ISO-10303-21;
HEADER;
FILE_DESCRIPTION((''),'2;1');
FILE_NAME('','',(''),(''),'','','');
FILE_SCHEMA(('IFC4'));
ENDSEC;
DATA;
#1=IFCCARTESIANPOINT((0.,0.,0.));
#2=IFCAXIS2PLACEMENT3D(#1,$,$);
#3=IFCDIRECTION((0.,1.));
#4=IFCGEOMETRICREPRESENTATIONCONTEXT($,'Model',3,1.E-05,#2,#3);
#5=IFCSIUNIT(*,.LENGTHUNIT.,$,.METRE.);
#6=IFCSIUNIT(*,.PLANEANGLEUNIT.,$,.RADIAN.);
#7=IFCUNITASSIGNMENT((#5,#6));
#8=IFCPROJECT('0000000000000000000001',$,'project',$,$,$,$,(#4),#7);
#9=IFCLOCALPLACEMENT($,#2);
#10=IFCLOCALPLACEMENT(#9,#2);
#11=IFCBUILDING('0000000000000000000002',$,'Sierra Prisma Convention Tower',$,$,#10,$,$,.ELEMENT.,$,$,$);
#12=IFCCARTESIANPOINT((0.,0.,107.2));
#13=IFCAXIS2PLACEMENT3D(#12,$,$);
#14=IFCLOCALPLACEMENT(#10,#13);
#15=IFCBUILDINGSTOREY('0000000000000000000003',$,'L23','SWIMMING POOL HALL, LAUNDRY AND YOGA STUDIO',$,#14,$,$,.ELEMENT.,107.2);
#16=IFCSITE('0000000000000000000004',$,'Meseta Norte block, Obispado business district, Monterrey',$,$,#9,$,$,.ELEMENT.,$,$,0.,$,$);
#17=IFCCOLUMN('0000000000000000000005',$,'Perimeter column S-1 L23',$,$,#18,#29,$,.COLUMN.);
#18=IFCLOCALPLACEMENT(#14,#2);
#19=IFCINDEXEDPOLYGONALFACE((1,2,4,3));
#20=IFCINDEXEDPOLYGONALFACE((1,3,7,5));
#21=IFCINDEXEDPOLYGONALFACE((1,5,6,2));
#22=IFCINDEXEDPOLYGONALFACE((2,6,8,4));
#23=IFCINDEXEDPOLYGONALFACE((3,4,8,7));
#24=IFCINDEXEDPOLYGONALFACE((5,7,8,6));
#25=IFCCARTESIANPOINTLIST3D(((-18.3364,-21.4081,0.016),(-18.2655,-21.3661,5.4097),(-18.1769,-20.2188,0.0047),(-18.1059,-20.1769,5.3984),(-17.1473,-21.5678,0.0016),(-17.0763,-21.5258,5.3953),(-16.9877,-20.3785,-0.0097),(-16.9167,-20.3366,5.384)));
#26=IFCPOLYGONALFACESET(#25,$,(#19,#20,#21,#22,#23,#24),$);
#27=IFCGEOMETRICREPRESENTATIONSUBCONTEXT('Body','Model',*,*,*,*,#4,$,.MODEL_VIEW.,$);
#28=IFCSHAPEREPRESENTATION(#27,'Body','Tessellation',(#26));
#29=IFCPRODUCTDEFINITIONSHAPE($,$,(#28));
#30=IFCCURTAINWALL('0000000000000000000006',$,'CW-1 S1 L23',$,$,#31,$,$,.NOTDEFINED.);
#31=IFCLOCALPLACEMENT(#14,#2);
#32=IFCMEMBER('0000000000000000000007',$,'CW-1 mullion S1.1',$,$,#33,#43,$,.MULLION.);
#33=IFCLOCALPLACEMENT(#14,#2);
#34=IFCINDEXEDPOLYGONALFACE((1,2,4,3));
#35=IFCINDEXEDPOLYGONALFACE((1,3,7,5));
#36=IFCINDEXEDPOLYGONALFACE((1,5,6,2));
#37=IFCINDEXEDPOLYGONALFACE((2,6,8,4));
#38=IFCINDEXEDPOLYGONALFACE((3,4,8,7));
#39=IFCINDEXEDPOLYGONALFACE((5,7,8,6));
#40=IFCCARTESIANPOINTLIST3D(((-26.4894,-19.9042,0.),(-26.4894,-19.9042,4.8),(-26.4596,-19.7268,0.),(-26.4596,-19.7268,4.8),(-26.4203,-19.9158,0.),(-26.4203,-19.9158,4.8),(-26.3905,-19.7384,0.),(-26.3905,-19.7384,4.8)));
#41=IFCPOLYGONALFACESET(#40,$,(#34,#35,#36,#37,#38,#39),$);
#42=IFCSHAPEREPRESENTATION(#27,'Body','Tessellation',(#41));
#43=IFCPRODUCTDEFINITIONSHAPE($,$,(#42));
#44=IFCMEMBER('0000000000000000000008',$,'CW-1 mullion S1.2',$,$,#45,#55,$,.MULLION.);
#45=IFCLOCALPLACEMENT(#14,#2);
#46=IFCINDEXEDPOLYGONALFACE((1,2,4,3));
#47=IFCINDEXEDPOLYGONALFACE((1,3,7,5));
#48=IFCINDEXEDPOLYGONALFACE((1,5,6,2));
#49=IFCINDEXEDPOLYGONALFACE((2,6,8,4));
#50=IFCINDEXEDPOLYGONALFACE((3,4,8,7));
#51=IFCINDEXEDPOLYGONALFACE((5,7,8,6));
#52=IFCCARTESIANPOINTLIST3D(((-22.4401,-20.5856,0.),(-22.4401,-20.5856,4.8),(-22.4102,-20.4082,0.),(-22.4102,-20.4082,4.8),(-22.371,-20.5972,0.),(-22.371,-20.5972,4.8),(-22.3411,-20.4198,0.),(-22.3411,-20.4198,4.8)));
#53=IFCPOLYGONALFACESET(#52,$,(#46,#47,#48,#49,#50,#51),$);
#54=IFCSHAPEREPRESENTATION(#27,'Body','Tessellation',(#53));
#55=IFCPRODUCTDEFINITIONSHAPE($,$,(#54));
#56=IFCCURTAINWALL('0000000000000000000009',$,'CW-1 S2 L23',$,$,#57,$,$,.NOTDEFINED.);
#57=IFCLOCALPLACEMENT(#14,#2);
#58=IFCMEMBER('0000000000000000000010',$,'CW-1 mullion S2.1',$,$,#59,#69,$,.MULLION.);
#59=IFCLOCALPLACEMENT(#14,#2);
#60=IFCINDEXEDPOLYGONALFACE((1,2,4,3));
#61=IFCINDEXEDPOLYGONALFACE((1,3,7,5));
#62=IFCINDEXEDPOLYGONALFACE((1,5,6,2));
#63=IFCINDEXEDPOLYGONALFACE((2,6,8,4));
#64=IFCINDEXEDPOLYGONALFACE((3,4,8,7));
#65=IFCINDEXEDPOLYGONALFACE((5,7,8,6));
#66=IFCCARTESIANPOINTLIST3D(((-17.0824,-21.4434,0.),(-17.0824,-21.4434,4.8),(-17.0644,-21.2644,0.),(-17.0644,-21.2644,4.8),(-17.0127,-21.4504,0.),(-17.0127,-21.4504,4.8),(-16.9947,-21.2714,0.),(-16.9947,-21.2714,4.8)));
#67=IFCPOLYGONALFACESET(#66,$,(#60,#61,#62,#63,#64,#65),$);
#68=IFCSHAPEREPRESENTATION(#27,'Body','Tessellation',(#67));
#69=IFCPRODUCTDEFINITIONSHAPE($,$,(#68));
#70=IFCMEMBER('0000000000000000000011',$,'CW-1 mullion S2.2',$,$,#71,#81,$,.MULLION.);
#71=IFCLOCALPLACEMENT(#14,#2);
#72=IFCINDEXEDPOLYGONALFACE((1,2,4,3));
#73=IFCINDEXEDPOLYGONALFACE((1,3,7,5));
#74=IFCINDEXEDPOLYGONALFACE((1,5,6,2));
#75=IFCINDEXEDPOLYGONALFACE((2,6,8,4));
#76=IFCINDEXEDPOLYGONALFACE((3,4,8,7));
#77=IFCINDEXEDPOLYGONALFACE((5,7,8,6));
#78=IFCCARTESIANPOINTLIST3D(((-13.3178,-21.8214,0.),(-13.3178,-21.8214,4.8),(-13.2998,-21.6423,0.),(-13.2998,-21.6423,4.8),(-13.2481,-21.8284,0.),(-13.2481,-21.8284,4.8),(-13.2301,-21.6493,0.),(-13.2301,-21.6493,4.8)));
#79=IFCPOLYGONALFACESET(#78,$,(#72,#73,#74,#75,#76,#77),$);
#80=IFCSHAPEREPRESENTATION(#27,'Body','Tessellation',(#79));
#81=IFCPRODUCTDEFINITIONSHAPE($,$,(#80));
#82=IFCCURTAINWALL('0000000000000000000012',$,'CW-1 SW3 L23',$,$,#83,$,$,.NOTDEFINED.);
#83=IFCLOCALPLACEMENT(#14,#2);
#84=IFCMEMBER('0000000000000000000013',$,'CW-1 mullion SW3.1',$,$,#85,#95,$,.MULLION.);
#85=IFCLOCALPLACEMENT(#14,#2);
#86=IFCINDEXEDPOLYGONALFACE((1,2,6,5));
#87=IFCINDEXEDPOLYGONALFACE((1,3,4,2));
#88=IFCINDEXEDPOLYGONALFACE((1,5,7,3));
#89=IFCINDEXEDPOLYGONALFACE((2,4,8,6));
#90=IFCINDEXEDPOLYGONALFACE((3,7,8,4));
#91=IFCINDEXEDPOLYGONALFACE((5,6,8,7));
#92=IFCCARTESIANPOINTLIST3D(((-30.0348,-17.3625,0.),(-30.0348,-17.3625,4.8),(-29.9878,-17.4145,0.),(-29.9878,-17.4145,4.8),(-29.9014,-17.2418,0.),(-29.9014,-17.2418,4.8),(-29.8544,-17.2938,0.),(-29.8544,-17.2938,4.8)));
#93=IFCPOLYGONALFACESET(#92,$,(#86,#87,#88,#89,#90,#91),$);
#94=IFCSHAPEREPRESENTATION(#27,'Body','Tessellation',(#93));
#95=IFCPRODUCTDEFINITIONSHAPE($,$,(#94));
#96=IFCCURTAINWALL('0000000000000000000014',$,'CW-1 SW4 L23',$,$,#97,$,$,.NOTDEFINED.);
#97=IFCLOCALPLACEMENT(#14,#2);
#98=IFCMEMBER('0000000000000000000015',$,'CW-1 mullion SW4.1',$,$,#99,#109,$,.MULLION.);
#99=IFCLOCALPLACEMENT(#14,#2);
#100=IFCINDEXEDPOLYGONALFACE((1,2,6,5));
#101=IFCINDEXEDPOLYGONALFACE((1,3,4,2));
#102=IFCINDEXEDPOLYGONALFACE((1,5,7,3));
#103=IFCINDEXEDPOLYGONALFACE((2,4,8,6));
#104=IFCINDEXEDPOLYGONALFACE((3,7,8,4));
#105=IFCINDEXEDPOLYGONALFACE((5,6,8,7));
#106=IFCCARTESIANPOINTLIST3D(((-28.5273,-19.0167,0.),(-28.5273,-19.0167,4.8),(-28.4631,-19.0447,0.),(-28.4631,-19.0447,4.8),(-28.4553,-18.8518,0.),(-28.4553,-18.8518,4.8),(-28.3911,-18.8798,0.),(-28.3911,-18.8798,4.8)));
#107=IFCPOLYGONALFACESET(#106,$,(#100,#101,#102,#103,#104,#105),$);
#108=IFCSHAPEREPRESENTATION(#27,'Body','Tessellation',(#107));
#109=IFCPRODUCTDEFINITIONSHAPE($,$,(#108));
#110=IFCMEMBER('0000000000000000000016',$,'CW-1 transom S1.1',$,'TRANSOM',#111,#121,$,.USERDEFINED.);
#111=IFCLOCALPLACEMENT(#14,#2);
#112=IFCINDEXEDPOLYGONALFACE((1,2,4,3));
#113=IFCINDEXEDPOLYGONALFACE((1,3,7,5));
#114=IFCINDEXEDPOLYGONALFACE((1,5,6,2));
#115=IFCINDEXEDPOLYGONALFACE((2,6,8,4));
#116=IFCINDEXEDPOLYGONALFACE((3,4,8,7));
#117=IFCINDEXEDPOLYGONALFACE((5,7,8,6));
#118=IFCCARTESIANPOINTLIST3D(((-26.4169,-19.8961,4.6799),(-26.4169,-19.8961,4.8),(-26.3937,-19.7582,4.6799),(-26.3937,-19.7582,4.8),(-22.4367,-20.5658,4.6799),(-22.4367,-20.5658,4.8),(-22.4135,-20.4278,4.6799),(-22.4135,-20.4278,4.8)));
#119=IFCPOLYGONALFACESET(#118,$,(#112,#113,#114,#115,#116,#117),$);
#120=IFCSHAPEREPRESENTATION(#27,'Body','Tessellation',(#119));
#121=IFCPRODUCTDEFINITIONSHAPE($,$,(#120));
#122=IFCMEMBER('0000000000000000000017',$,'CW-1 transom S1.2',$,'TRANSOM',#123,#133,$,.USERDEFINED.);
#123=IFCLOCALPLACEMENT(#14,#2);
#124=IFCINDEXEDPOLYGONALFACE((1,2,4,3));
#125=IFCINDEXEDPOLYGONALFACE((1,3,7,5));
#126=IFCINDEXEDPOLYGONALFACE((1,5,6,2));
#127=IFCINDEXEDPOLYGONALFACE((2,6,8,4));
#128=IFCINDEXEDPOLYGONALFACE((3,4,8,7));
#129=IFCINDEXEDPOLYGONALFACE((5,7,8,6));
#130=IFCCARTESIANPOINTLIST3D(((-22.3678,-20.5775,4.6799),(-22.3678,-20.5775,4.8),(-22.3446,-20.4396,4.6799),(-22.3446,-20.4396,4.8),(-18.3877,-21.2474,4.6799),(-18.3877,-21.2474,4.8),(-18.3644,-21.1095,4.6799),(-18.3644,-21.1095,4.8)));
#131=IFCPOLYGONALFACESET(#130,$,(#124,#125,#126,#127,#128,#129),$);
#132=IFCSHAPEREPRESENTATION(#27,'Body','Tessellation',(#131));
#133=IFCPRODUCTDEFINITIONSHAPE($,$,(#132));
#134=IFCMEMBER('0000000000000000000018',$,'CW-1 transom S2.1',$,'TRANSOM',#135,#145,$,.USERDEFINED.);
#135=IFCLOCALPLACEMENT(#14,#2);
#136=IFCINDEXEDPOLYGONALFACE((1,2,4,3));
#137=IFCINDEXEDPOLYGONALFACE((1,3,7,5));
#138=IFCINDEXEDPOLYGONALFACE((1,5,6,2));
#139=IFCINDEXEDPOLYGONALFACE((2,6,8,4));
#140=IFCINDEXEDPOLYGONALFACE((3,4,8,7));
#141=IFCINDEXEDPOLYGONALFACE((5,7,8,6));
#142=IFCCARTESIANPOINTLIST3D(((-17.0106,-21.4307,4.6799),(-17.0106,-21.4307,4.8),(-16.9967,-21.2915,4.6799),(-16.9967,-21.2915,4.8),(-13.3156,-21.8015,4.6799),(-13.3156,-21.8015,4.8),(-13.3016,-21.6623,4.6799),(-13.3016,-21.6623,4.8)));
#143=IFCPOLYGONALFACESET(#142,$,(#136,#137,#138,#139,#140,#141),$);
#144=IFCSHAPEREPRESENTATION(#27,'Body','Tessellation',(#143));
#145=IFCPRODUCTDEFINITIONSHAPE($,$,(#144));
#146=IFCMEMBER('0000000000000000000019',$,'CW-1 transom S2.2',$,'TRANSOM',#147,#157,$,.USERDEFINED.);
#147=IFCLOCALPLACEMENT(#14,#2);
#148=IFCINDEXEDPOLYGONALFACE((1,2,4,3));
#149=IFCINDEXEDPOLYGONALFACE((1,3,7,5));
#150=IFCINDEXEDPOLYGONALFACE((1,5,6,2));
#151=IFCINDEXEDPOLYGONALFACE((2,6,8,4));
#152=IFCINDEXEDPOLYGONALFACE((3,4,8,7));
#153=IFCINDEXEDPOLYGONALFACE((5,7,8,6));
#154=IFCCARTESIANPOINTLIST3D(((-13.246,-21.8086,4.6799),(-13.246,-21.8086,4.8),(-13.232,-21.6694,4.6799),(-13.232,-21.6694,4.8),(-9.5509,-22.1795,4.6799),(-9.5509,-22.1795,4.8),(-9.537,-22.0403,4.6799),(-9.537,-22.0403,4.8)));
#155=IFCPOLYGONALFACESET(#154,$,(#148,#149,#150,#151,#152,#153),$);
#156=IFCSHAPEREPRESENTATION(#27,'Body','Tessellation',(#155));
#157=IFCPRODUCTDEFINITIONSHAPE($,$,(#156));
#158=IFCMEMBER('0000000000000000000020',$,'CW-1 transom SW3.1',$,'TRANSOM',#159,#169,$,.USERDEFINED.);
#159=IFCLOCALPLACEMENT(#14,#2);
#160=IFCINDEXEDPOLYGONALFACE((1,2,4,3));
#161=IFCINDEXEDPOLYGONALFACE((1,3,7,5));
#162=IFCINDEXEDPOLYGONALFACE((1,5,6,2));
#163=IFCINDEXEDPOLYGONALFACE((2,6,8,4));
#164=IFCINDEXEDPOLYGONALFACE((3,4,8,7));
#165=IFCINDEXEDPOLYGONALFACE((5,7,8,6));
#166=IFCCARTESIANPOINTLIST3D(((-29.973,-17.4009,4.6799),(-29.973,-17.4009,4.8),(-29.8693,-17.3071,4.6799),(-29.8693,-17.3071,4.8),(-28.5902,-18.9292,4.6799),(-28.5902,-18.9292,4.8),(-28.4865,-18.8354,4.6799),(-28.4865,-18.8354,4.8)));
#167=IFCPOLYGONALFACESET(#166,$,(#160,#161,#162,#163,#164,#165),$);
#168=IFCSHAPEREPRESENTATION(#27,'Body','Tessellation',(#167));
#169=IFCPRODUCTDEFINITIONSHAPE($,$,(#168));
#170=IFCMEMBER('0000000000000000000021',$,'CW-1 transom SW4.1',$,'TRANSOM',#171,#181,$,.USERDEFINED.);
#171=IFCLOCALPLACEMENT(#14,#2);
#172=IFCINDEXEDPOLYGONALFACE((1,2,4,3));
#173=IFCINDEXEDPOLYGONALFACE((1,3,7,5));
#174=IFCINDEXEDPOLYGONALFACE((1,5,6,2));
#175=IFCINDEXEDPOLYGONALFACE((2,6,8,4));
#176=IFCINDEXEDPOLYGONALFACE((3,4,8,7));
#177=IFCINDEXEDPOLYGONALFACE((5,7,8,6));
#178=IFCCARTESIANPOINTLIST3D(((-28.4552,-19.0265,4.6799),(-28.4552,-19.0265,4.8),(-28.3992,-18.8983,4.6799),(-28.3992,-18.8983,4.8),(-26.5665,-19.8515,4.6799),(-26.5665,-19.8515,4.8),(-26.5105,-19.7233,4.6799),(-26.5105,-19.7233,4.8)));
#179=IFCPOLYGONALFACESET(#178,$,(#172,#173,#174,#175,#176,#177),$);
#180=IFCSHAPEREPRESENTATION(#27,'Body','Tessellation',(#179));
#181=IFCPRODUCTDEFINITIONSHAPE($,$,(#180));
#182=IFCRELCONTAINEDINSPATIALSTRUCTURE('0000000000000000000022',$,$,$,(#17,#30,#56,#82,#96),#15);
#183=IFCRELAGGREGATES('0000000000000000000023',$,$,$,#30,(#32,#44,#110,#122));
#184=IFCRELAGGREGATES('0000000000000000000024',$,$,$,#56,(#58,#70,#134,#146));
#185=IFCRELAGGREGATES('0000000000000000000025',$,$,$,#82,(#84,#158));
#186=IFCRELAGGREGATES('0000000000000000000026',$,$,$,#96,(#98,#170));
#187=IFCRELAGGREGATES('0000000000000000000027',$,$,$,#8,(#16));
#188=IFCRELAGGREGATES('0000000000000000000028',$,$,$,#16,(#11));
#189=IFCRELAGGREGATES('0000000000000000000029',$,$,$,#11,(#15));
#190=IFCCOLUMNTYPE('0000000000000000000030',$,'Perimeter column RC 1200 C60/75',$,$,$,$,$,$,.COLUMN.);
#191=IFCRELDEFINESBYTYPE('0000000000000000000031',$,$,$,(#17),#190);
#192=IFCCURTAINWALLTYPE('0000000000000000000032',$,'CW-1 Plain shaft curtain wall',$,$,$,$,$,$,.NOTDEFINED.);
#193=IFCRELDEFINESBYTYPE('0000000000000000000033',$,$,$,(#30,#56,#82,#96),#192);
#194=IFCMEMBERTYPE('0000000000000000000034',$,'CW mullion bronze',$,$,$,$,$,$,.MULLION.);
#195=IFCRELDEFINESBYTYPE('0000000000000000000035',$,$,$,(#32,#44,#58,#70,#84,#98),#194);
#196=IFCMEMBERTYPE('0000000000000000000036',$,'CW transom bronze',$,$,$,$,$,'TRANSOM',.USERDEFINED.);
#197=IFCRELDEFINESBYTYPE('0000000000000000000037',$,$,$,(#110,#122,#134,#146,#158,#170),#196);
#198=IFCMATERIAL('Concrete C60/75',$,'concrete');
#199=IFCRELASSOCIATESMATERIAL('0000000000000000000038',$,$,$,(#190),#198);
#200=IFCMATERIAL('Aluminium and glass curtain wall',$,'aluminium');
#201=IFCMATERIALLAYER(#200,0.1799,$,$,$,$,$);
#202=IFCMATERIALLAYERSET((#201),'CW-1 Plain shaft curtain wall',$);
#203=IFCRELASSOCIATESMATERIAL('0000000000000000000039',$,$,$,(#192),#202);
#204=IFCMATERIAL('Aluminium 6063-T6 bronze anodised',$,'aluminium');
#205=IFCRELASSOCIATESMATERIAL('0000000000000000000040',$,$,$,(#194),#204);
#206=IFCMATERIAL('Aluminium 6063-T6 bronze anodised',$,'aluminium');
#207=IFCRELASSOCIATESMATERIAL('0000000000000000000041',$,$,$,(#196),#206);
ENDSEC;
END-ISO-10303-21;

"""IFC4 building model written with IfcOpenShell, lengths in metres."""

from ifc_helpers import new_model, si_unit, direction, frame, origin, origin_2d, place, context, subcontext, project, spatial, rectangle, extrude, clip, halfspace, material, layer, layer_set, material_profile, profile_set, type_object, element, aggregate, save


model = new_model("IFC4")

# Units and contexts
model_context = context("Model", 3, precision=1e-05, world=origin(), true_north=direction((0.0, 1.0)))
body_context = subcontext(model_context, "Body", "Model", "MODEL_VIEW")
ifc_project = project(units=[si_unit("LENGTHUNIT", "METRE"), si_unit("PLANEANGLEUNIT", "RADIAN")], contexts=[model_context])

# Site, building, storey
site_placement = place(None, origin())
site = spatial("IfcSite", under=ifc_project, at=site_placement, Name="Meseta Norte block, Obispado business district, Monterrey", CompositionType="ELEMENT", RefElevation=0.0)
building_placement = place(site_placement, origin())
building = spatial("IfcBuilding", under=site, at=building_placement, Name="Sierra Prisma Convention Tower", CompositionType="ELEMENT")
storey_placement = place(building_placement, frame((0.0, 0.0, 107.2)))
storey = spatial("IfcBuildingStorey", under=building, at=storey_placement, Name="L23", Description="SWIMMING POOL HALL, LAUNDRY AND YOGA STUDIO", CompositionType="ELEMENT", Elevation=107.2)

# Column
ifc_material_1 = material(Name="Concrete C60/75", Category="concrete")
ifc_material_profile_1 = material_profile(ifc_material_1, rectangle(XDim=1.2, YDim=1.2, at=origin_2d()), Name="Perimeter column RC 1200 C60/75")
ifc_profile_set_1 = profile_set([ifc_material_profile_1], Name="Concrete C60/75")
column_type = type_object("IfcColumnType", Name="Perimeter column RC 1200 C60/75", PredefinedType="COLUMN", material=ifc_profile_set_1)
column_placement = place(storey_placement, frame((-17.6621, -20.8933, 0.0), z_axis=(0.013155, 0.007775, 0.999883), x_axis=(-0.991031, 0.133091, 0.012003)))
element("IfcColumn", 1, at=column_placement, inside=storey, type_object=column_type, Name="Perimeter column S-1 L23", PredefinedType="COLUMN", context=body_context, shape_type="SweptSolid", body=[
    clip(clip(extrude(rectangle(XDim=1.2, YDim=1.2, at=origin_2d()), origin(), (0.0, 0.0, 1.0), 5.4009), halfspace(frame((0.0, 0.0, 0.0032)), True)), halfspace(frame((0.0, 0.0, 5.3975)), False)),
])

# Curtain walls, members
ifc_material_2 = material(Name="Aluminium and glass curtain wall", Category="aluminium")
ifc_layer_1 = layer(ifc_material_2, 0.1799)
ifc_layer_set_1 = layer_set([ifc_layer_1], Name="CW-1 Plain shaft curtain wall")
curtain_wall_type = type_object("IfcCurtainWallType", Name="CW-1 Plain shaft curtain wall", PredefinedType="NOTDEFINED", material=ifc_layer_set_1)
curtain_wall_1_placement = place(storey_placement, origin())
curtain_wall_1 = element("IfcCurtainWall", 2, at=curtain_wall_1_placement, inside=storey, type_object=curtain_wall_type, Name="CW-1 S1 L23", PredefinedType="NOTDEFINED")
ifc_material_3 = material(Name="Aluminium 6063-T6 bronze anodised", Category="aluminium")
ifc_material_profile_2 = material_profile(ifc_material_3, rectangle(XDim=0.1799, YDim=0.0701, at=origin_2d()), Name="ALU MULLION 70x180")
ifc_profile_set_2 = profile_set([ifc_material_profile_2], Name="Aluminium 6063-T6 bronze anodised")
member_type_1 = type_object("IfcMemberType", Name="CW mullion bronze", PredefinedType="MULLION", material=ifc_profile_set_2)
member_1_placement = place(storey_placement, frame((-26.4399, -19.8213, 0.0), z_axis=(0.0, 0.0, 1.0), x_axis=(0.165964, 0.986132, 0.0)))
member_1 = element("IfcMember", 3, at=member_1_placement, type_object=member_type_1, Name="CW-1 mullion S1.1", PredefinedType="MULLION", context=body_context, shape_type="SweptSolid", body=[
    extrude(rectangle(XDim=0.1799, YDim=0.0701, at=origin_2d()), origin(), (0.0, 0.0, 1.0), 4.8),
])
member_2_placement = place(storey_placement, frame((-22.3906, -20.5027, 0.0), z_axis=(0.0, 0.0, 1.0), x_axis=(0.165964, 0.986132, 0.0)))
member_2 = element("IfcMember", 4, at=member_2_placement, type_object=member_type_1, Name="CW-1 mullion S1.2", PredefinedType="MULLION", context=body_context, shape_type="SweptSolid", body=[
    extrude(rectangle(XDim=0.1799, YDim=0.0701, at=origin_2d()), origin(), (0.0, 0.0, 1.0), 4.8),
])
curtain_wall_2_placement = place(storey_placement, origin())
curtain_wall_2 = element("IfcCurtainWall", 5, at=curtain_wall_2_placement, inside=storey, type_object=curtain_wall_type, Name="CW-1 S2 L23", PredefinedType="NOTDEFINED")
member_3_placement = place(storey_placement, frame((-17.0386, -21.3574, 0.0), z_axis=(0.0, 0.0, 1.0), x_axis=(0.099874, 0.995, 0.0)))
member_3 = element("IfcMember", 6, at=member_3_placement, type_object=member_type_1, Name="CW-1 mullion S2.1", PredefinedType="MULLION", context=body_context, shape_type="SweptSolid", body=[
    extrude(rectangle(XDim=0.1799, YDim=0.0701, at=origin_2d()), origin(), (0.0, 0.0, 1.0), 4.8),
])
member_4_placement = place(storey_placement, frame((-13.2739, -21.7354, 0.0), z_axis=(0.0, 0.0, 1.0), x_axis=(0.099874, 0.995, 0.0)))
member_4 = element("IfcMember", 7, at=member_4_placement, type_object=member_type_1, Name="CW-1 mullion S2.2", PredefinedType="MULLION", context=body_context, shape_type="SweptSolid", body=[
    extrude(rectangle(XDim=0.1799, YDim=0.0701, at=origin_2d()), origin(), (0.0, 0.0, 1.0), 4.8),
])

# Curtain walls, members
curtain_wall_3_placement = place(storey_placement, origin())
curtain_wall_3 = element("IfcCurtainWall", 8, at=curtain_wall_3_placement, inside=storey, type_object=curtain_wall_type, Name="CW-1 SW3 L23", PredefinedType="NOTDEFINED")
member_5_placement = place(storey_placement, frame((-29.9446, -17.3281, 0.0), z_axis=(0.0, 0.0, 1.0), x_axis=(0.741577, 0.670867, 0.0)))
member_5 = element("IfcMember", 9, at=member_5_placement, type_object=member_type_1, Name="CW-1 mullion SW3.1", PredefinedType="MULLION", context=body_context, shape_type="SweptSolid", body=[
    extrude(rectangle(XDim=0.1799, YDim=0.0701, at=origin_2d()), origin(), (0.0, 0.0, 1.0), 4.8),
])
curtain_wall_4_placement = place(storey_placement, origin())
curtain_wall_4 = element("IfcCurtainWall", 10, at=curtain_wall_4_placement, inside=storey, type_object=curtain_wall_type, Name="CW-1 SW4 L23", PredefinedType="NOTDEFINED")
member_6_placement = place(storey_placement, frame((-28.4592, -18.9482, 0.0), z_axis=(0.0, 0.0, 1.0), x_axis=(0.400315, 0.916377, 0.0)))
member_6 = element("IfcMember", 11, at=member_6_placement, type_object=member_type_1, Name="CW-1 mullion SW4.1", PredefinedType="MULLION", context=body_context, shape_type="SweptSolid", body=[
    extrude(rectangle(XDim=0.1799, YDim=0.0701, at=origin_2d()), origin(), (0.0, 0.0, 1.0), 4.8),
])

# Members
ifc_material_4 = material(Name="Aluminium 6063-T6 bronze anodised", Category="aluminium")
ifc_material_profile_3 = material_profile(ifc_material_4, rectangle(XDim=0.1399, YDim=0.1201, at=origin_2d()), Name="ALU TRANSOM 120x140")
ifc_profile_set_3 = profile_set([ifc_material_profile_3], Name="Aluminium 6063-T6 bronze anodised")
member_type_2 = type_object("IfcMemberType", Name="CW transom bronze", ElementType="TRANSOM", PredefinedType="USERDEFINED", material=ifc_profile_set_3)
member_7_placement = place(storey_placement, frame((-26.4053, -19.8271, 4.74), z_axis=(0.986139, -0.165919, 0.0), x_axis=(0.165919, 0.986139, 0.0)))
member_7 = element("IfcMember", 12, at=member_7_placement, type_object=member_type_2, Name="CW-1 transom S1.1", ObjectType="TRANSOM", PredefinedType="USERDEFINED", context=body_context, shape_type="SweptSolid", body=[
    extrude(rectangle(XDim=0.1399, YDim=0.1201, at=origin_2d()), origin(), (0.0, 0.0, 1.0), 4.0361),
])
member_8_placement = place(storey_placement, frame((-22.3562, -20.5085, 4.74), z_axis=(0.986129, -0.165978, 0.0), x_axis=(0.165978, 0.986129, 0.0)))
member_8 = element("IfcMember", 13, at=member_8_placement, type_object=member_type_2, Name="CW-1 transom S1.2", ObjectType="TRANSOM", PredefinedType="USERDEFINED", context=body_context, shape_type="SweptSolid", body=[
    extrude(rectangle(XDim=0.1399, YDim=0.1201, at=origin_2d()), origin(), (0.0, 0.0, 1.0), 4.0361),
])
member_9_placement = place(storey_placement, frame((-17.0037, -21.3611, 4.74), z_axis=(0.995001, -0.099862, 0.0), x_axis=(0.099862, 0.995001, 0.0)))
member_9 = element("IfcMember", 14, at=member_9_placement, type_object=member_type_2, Name="CW-1 transom S2.1", ObjectType="TRANSOM", PredefinedType="USERDEFINED", context=body_context, shape_type="SweptSolid", body=[
    extrude(rectangle(XDim=0.1399, YDim=0.1201, at=origin_2d()), origin(), (0.0, 0.0, 1.0), 3.7136),
])
member_10_placement = place(storey_placement, frame((-13.239, -21.739, 4.74), z_axis=(0.995001, -0.099862, 0.0), x_axis=(0.099862, 0.995001, 0.0)))
member_10 = element("IfcMember", 15, at=member_10_placement, type_object=member_type_2, Name="CW-1 transom S2.2", ObjectType="TRANSOM", PredefinedType="USERDEFINED", context=body_context, shape_type="SweptSolid", body=[
    extrude(rectangle(XDim=0.1399, YDim=0.1201, at=origin_2d()), origin(), (0.0, 0.0, 1.0), 3.7136),
])
member_11_placement = place(storey_placement, frame((-29.9211, -17.354, 4.74), z_axis=(0.670926, -0.741525, 0.0), x_axis=(0.741525, 0.670926, 0.0)))
member_11 = element("IfcMember", 16, at=member_11_placement, type_object=member_type_2, Name="CW-1 transom SW3.1", ObjectType="TRANSOM", PredefinedType="USERDEFINED", context=body_context, shape_type="SweptSolid", body=[
    extrude(rectangle(XDim=0.1399, YDim=0.1201, at=origin_2d()), origin(), (0.0, 0.0, 1.0), 2.061),
])
member_12_placement = place(storey_placement, frame((-28.4272, -18.9624, 4.74), z_axis=(0.916396, -0.400272, 0.0), x_axis=(0.400272, 0.916396, 0.0)))
member_12 = element("IfcMember", 17, at=member_12_placement, type_object=member_type_2, Name="CW-1 transom SW4.1", ObjectType="TRANSOM", PredefinedType="USERDEFINED", context=body_context, shape_type="SweptSolid", body=[
    extrude(rectangle(XDim=0.1399, YDim=0.1201, at=origin_2d()), origin(), (0.0, 0.0, 1.0), 2.061),
])

aggregate(curtain_wall_1, [member_1, member_2, member_7, member_8])
aggregate(curtain_wall_2, [member_3, member_4, member_9, member_10])

aggregate(curtain_wall_3, [member_5, member_11])
aggregate(curtain_wall_4, [member_6, member_12])

save(model, "model.ifc")
